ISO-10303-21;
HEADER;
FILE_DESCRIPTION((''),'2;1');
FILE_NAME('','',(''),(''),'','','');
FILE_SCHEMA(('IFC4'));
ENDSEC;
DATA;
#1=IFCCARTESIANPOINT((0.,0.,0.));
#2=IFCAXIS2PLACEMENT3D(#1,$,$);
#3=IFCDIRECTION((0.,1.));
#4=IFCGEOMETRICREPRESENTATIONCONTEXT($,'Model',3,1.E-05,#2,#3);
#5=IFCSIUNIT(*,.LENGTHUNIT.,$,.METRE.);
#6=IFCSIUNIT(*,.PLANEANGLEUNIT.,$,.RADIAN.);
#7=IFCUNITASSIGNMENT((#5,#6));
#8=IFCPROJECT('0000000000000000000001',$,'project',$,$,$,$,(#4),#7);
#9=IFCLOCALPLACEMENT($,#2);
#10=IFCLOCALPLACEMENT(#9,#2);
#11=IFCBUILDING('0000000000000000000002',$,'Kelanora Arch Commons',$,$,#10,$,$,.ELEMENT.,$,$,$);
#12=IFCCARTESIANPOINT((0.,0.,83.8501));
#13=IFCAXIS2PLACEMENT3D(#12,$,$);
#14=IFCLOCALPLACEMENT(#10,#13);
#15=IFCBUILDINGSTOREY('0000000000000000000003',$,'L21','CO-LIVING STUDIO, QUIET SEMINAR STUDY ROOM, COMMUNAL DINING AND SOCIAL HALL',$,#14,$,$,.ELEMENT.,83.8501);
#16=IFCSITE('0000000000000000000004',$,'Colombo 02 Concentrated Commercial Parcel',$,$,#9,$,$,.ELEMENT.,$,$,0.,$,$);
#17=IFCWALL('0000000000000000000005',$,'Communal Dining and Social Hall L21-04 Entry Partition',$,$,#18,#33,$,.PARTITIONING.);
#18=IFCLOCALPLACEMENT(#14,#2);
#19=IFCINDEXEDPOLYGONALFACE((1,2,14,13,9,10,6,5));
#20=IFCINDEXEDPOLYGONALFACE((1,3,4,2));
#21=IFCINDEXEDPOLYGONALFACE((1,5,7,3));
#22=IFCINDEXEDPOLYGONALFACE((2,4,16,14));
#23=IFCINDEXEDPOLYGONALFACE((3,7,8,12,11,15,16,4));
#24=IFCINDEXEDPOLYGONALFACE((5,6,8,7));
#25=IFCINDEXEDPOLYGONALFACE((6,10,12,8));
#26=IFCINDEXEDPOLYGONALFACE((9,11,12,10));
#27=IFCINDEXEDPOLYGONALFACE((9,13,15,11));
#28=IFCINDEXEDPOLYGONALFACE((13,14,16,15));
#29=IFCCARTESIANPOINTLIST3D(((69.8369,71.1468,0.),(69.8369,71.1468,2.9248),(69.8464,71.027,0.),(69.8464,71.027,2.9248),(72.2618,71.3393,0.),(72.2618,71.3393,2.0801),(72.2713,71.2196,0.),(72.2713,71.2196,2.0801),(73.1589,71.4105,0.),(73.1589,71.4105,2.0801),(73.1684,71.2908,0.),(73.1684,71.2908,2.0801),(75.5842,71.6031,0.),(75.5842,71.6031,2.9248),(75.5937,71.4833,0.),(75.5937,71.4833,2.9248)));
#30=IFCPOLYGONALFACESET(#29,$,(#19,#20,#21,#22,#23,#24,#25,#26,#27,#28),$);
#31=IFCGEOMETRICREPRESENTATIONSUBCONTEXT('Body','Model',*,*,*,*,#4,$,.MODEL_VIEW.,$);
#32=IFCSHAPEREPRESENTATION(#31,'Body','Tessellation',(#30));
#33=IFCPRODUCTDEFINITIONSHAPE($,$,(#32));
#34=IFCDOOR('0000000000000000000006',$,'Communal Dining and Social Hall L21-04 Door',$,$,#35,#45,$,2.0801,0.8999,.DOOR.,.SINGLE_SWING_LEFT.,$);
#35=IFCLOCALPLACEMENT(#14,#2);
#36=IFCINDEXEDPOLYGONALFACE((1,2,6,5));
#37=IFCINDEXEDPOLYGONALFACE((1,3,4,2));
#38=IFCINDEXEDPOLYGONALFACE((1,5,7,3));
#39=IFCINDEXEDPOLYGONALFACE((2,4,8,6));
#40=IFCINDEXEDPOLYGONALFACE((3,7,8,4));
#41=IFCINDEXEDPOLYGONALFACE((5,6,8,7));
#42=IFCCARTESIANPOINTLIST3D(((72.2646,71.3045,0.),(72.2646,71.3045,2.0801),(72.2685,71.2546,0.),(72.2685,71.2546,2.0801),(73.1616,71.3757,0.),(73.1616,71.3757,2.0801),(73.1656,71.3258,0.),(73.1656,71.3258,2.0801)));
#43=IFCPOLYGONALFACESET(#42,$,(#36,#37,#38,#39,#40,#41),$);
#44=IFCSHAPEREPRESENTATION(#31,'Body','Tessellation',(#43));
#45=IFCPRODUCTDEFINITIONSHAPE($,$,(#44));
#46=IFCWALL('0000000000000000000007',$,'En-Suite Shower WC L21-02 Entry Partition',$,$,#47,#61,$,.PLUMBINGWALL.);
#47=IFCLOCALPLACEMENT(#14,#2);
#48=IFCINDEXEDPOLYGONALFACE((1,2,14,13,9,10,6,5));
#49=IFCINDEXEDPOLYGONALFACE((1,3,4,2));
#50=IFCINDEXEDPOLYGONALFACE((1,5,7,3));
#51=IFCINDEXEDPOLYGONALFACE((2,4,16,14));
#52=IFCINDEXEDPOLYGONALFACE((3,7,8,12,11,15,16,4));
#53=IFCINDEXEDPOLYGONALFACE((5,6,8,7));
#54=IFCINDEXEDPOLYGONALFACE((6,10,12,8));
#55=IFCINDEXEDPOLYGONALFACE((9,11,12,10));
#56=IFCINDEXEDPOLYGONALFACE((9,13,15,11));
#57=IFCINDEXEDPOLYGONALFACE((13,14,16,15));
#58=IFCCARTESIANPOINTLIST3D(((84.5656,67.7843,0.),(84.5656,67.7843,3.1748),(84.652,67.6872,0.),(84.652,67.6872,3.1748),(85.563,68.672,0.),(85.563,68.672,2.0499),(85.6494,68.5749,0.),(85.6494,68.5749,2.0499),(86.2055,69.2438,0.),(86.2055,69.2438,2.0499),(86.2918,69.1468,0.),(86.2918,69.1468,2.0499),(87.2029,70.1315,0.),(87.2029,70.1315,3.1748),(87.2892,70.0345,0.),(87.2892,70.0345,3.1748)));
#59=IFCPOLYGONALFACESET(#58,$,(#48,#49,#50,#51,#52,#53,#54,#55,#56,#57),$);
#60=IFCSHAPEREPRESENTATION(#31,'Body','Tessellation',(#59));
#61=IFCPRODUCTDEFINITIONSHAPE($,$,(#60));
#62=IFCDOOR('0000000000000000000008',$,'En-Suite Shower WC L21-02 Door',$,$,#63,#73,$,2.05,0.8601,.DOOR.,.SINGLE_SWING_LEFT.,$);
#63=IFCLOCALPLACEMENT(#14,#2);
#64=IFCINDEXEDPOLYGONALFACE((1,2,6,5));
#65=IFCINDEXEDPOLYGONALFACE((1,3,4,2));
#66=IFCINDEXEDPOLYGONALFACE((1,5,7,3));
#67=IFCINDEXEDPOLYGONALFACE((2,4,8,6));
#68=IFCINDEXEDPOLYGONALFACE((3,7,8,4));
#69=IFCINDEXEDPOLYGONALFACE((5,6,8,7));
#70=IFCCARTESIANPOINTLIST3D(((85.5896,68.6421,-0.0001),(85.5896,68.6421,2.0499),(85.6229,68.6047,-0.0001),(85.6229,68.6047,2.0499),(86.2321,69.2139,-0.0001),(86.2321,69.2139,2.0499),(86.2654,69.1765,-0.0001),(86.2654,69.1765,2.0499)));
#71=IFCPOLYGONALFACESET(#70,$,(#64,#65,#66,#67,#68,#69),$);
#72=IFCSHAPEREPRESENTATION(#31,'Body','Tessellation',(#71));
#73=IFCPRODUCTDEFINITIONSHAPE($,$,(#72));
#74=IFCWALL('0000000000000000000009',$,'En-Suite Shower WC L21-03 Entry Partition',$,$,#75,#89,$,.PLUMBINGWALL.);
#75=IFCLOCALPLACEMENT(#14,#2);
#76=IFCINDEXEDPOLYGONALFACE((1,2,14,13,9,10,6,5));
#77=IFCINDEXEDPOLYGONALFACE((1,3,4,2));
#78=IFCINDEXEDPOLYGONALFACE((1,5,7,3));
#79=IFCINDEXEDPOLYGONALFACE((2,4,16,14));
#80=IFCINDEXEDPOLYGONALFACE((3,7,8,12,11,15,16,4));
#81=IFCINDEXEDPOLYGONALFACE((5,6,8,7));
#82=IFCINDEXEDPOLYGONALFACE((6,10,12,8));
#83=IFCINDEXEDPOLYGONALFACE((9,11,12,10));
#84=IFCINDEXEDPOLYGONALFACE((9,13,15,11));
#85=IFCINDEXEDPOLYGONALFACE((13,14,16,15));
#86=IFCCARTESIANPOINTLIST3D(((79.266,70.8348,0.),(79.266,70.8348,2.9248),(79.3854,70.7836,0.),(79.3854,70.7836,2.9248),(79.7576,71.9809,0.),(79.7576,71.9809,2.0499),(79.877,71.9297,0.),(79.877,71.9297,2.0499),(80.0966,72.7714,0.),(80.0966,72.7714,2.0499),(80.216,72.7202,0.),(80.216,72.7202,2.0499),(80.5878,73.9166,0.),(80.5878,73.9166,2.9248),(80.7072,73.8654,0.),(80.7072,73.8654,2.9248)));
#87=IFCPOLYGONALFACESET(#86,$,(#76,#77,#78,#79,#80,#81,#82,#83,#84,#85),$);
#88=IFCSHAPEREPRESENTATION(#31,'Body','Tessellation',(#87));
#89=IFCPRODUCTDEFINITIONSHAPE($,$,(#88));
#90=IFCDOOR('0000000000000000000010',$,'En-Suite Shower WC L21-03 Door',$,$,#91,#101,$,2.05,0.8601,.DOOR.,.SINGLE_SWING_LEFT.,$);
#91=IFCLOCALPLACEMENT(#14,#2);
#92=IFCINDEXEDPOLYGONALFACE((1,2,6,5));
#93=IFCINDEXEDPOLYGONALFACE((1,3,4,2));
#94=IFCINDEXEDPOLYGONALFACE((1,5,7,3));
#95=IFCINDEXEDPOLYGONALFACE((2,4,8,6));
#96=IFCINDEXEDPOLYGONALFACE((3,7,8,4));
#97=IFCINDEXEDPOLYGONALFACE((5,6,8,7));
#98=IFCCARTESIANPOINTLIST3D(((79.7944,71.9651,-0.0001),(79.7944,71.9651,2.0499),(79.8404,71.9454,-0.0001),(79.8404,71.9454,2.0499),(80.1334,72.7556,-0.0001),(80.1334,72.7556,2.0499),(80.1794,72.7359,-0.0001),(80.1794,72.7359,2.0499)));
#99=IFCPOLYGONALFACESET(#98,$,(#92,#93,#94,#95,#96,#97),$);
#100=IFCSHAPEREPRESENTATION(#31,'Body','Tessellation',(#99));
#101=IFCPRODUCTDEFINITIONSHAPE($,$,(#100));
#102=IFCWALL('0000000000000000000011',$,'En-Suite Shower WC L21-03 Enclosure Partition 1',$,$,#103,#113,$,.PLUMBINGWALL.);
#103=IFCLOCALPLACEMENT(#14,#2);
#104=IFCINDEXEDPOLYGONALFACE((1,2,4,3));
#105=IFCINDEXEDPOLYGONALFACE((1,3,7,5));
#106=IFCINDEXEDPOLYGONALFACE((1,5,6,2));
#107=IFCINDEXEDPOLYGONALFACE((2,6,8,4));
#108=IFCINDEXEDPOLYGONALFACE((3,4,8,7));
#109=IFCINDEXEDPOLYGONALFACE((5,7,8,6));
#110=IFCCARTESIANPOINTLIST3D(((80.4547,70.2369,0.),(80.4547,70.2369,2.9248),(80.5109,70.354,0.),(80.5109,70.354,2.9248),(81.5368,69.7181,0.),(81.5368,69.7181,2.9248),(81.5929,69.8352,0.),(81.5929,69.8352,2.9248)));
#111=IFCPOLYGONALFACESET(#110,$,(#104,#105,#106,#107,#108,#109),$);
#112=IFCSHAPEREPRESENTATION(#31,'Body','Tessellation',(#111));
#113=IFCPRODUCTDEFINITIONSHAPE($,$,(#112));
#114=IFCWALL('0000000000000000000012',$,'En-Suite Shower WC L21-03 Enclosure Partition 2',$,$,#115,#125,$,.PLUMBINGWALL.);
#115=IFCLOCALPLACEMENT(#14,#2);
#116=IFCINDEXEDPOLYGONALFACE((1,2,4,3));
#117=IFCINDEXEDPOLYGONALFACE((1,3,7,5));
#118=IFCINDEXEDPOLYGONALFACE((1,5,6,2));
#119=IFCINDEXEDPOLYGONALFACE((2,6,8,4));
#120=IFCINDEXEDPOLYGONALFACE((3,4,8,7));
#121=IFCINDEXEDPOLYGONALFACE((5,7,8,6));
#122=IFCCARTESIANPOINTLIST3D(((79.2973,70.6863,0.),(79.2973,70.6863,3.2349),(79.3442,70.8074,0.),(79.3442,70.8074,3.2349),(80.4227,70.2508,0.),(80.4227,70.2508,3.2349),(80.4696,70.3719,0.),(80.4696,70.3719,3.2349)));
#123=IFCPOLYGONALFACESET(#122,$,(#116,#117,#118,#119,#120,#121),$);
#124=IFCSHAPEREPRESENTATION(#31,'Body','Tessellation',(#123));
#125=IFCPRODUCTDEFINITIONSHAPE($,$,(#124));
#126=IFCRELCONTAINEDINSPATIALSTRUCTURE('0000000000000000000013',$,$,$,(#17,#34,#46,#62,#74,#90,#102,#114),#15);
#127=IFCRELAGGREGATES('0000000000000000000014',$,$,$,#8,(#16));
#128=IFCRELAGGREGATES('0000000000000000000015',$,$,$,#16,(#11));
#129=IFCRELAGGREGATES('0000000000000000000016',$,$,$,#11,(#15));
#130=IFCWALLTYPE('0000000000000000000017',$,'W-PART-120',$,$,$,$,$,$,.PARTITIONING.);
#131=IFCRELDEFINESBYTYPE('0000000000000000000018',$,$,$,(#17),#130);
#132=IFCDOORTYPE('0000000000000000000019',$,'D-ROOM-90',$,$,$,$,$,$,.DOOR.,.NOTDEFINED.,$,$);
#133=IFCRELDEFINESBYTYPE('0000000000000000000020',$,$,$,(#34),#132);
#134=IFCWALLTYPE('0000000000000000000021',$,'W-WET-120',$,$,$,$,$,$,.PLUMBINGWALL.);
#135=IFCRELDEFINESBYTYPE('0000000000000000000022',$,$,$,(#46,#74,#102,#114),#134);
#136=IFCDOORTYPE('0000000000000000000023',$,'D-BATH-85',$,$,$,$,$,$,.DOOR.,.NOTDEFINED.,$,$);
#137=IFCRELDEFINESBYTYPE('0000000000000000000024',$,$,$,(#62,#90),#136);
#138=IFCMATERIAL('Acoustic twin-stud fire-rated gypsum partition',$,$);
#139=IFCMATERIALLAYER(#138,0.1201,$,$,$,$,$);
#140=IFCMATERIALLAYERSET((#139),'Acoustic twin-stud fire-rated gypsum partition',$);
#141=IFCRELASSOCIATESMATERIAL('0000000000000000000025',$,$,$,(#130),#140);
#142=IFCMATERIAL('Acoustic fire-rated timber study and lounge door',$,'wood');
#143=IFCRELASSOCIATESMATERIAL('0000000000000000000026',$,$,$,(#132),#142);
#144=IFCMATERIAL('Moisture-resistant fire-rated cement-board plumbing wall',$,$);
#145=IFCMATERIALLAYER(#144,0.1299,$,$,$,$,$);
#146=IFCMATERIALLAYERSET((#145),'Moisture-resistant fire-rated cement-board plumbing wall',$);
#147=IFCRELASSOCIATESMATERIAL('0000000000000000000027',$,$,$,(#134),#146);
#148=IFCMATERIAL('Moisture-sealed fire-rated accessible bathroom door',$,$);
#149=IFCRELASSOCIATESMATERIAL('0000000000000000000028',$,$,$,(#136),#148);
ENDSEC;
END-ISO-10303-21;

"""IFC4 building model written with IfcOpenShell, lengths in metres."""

from ifc_helpers import new_model, si_unit, direction, frame, frame_2d, origin, place, context, subcontext, project, spatial, rectangle, extrude, material, layer, layer_set, type_object, element, fill, save


model = new_model("IFC4")

# Units and contexts
model_context = context("Model", 3, precision=1e-05, world=origin(), true_north=direction((0.0, 1.0)))
body_context = subcontext(model_context, "Body", "Model", "MODEL_VIEW")
ifc_project = project(units=[si_unit("LENGTHUNIT", "METRE"), si_unit("PLANEANGLEUNIT", "RADIAN")], contexts=[model_context])

# Site, building, storey
site_placement = place(None, origin())
site = spatial("IfcSite", under=ifc_project, at=site_placement, Name="Colombo 02 Concentrated Commercial Parcel", CompositionType="ELEMENT", RefElevation=0.0)
building_placement = place(site_placement, origin())
building = spatial("IfcBuilding", under=site, at=building_placement, Name="Kelanora Arch Commons", CompositionType="ELEMENT")
storey_placement = place(building_placement, frame((0.0, 0.0, 83.8501)))
storey = spatial("IfcBuildingStorey", under=building, at=storey_placement, Name="L21", Description="CO-LIVING STUDIO, QUIET SEMINAR STUDY ROOM, COMMUNAL DINING AND SOCIAL HALL", CompositionType="ELEMENT", Elevation=83.8501)

# Walls, openings, doors
ifc_material_1 = material(Name="Acoustic twin-stud fire-rated gypsum partition")
ifc_layer_1 = layer(ifc_material_1, 0.1201)
ifc_layer_set_1 = layer_set([ifc_layer_1], Name="Acoustic twin-stud fire-rated gypsum partition")
wall_type_1 = type_object("IfcWallType", Name="W-PART-120", PredefinedType="PARTITIONING", material=ifc_layer_set_1)
wall_1_placement = place(storey_placement, frame((75.5891, 71.5432, 0.0), z_axis=(0.0, 0.0, 1.0), x_axis=(-0.996863, -0.079144, 0.0)))
wall_1 = element("IfcWall", 1, at=wall_1_placement, inside=storey, type_object=wall_type_1, Name="Communal Dining and Social Hall L21-04 Entry Partition", PredefinedType="PARTITIONING", context=body_context, shape_type="SweptSolid", body=[
    extrude(rectangle(XDim=5.7654, YDim=0.1201, at=frame_2d((2.8828, 0.0))), origin(), (0.0, 0.0, 1.0), 2.9248),
])
opening_1_placement = place(wall_1_placement, frame((2.4331, 0.0, 0.0)))
opening_1 = element("IfcOpeningElement", 2, at=opening_1_placement, cuts=wall_1, PredefinedType="OPENING", context=body_context, shape_type="SweptSolid", body=[
    extrude(rectangle(XDim=0.8999, YDim=2.0801, at=frame_2d((0.45, 1.04))), frame((0.0, 0.0701, 0.0), z_axis=(0.0, -1.0, 0.0), x_axis=(1.0, 0.0, 0.0)), (0.0, 0.0, 1.0), 0.1401),
])
ifc_material_2 = material(Name="Acoustic fire-rated timber study and lounge door", Category="wood")
door_type_1 = type_object("IfcDoorType", Name="D-ROOM-90", OperationType="NOTDEFINED", PredefinedType="DOOR", material=ifc_material_2)
door_1_placement = place(opening_1_placement, origin())
door_1 = element("IfcDoor", 3, at=door_1_placement, inside=storey, type_object=door_type_1, Name="Communal Dining and Social Hall L21-04 Door", OperationType="SINGLE_SWING_LEFT", OverallHeight=2.0801, OverallWidth=0.8999, PredefinedType="DOOR", context=body_context, shape_type="SweptSolid", body=[
    extrude(rectangle(XDim=0.8999, YDim=2.0801, at=frame_2d((0.45, 1.04))), frame((0.0, 0.0249, 0.0), z_axis=(0.0, -1.0, 0.0), x_axis=(1.0, 0.0, 0.0)), (0.0, 0.0, 1.0), 0.05),
])
fill(opening_1, door_1)
ifc_material_3 = material(Name="Moisture-resistant fire-rated cement-board plumbing wall")
ifc_layer_2 = layer(ifc_material_3, 0.1299)
ifc_layer_set_2 = layer_set([ifc_layer_2], Name="Moisture-resistant fire-rated cement-board plumbing wall")
wall_type_2 = type_object("IfcWallType", Name="W-WET-120", PredefinedType="PLUMBINGWALL", material=ifc_layer_set_2)
wall_2_placement = place(storey_placement, frame((84.6089, 67.7358, 0.0), z_axis=(0.0, 0.0, 1.0), x_axis=(0.746989, 0.664836, 0.0)))
wall_2 = element("IfcWall", 4, at=wall_2_placement, inside=storey, type_object=wall_type_2, Name="En-Suite Shower WC L21-02 Entry Partition", PredefinedType="PLUMBINGWALL", context=body_context, shape_type="SweptSolid", body=[
    extrude(rectangle(XDim=3.5305, YDim=0.1299, at=frame_2d((1.7651, 0.0))), origin(), (0.0, 0.0, 1.0), 3.1748),
])
opening_2_placement = place(wall_2_placement, frame((1.335, 0.0, 0.0)))
opening_2 = element("IfcOpeningElement", 5, at=opening_2_placement, cuts=wall_2, PredefinedType="OPENING", context=body_context, shape_type="SweptSolid", body=[
    extrude(rectangle(XDim=0.8601, YDim=2.05, at=frame_2d((0.4302, 1.0249))), frame((0.0, 0.075, 0.0), z_axis=(0.0, -1.0, 0.0), x_axis=(1.0, 0.0, 0.0)), (0.0, 0.0, 1.0), 0.1499),
])
ifc_material_4 = material(Name="Moisture-sealed fire-rated accessible bathroom door")
door_type_2 = type_object("IfcDoorType", Name="D-BATH-85", OperationType="NOTDEFINED", PredefinedType="DOOR", material=ifc_material_4)
door_2_placement = place(opening_2_placement, origin())
door_2 = element("IfcDoor", 6, at=door_2_placement, inside=storey, type_object=door_type_2, Name="En-Suite Shower WC L21-02 Door", OperationType="SINGLE_SWING_LEFT", OverallHeight=2.05, OverallWidth=0.8601, PredefinedType="DOOR", context=body_context, shape_type="SweptSolid", body=[
    extrude(rectangle(XDim=0.8601, YDim=2.05, at=frame_2d((0.4302, 1.0249))), frame((0.0, 0.0249, 0.0), z_axis=(0.0, -1.0, 0.0), x_axis=(1.0, 0.0, 0.0)), (0.0, 0.0, 1.0), 0.05),
])
fill(opening_2, door_2)
wall_3_placement = place(storey_placement, frame((79.3257, 70.8091, 0.0), z_axis=(0.0, 0.0, 1.0), x_axis=(0.394174, 0.919036, 0.0)))
wall_3 = element("IfcWall", 7, at=wall_3_placement, inside=storey, type_object=wall_type_2, Name="En-Suite Shower WC L21-03 Entry Partition", PredefinedType="PLUMBINGWALL", context=body_context, shape_type="SweptSolid", body=[
    extrude(rectangle(XDim=3.3533, YDim=0.1299, at=frame_2d((1.6768, 0.0))), origin(), (0.0, 0.0, 1.0), 2.9248),
])
opening_3_placement = place(wall_3_placement, frame((1.2471, 0.0, 0.0)))
opening_3 = element("IfcOpeningElement", 8, at=opening_3_placement, cuts=wall_3, PredefinedType="OPENING", context=body_context, shape_type="SweptSolid", body=[
    extrude(rectangle(XDim=0.8601, YDim=2.05, at=frame_2d((0.4302, 1.0249))), frame((0.0, 0.075, 0.0), z_axis=(0.0, -1.0, 0.0), x_axis=(1.0, 0.0, 0.0)), (0.0, 0.0, 1.0), 0.1499),
])
door_3_placement = place(opening_3_placement, origin())
door_3 = element("IfcDoor", 9, at=door_3_placement, inside=storey, type_object=door_type_2, Name="En-Suite Shower WC L21-03 Door", OperationType="SINGLE_SWING_LEFT", OverallHeight=2.05, OverallWidth=0.8601, PredefinedType="DOOR", context=body_context, shape_type="SweptSolid", body=[
    extrude(rectangle(XDim=0.8601, YDim=2.05, at=frame_2d((0.4302, 1.0249))), frame((0.0, 0.0249, 0.0), z_axis=(0.0, -1.0, 0.0), x_axis=(1.0, 0.0, 0.0)), (0.0, 0.0, 1.0), 0.05),
])
fill(opening_3, door_3)

# Walls
wall_4_placement = place(storey_placement, frame((81.5649, 69.7766, 0.0), z_axis=(0.0, 0.0, 1.0), x_axis=(-0.90171, 0.432341, 0.0)))
element("IfcWall", 10, at=wall_4_placement, inside=storey, type_object=wall_type_2, Name="En-Suite Shower WC L21-03 Enclosure Partition 1", PredefinedType="PLUMBINGWALL", context=body_context, shape_type="SweptSolid", body=[
    extrude(rectangle(XDim=1.2, YDim=0.1299, at=frame_2d((0.6001, 0.0))), origin(), (0.0, 0.0, 1.0), 2.9248),
])
wall_5_placement = place(storey_placement, frame((80.4463, 70.3113, 0.0), z_axis=(0.0, 0.0, 1.0), x_axis=(-0.932603, 0.360903, 0.0)))
element("IfcWall", 11, at=wall_5_placement, inside=storey, type_object=wall_type_2, Name="En-Suite Shower WC L21-03 Enclosure Partition 2", PredefinedType="PLUMBINGWALL", context=body_context, shape_type="SweptSolid", body=[
    extrude(rectangle(XDim=1.2068, YDim=0.1299, at=frame_2d((0.6035, 0.0))), origin(), (0.0, 0.0, 1.0), 3.2349),
])

save(model, "model.ifc")
